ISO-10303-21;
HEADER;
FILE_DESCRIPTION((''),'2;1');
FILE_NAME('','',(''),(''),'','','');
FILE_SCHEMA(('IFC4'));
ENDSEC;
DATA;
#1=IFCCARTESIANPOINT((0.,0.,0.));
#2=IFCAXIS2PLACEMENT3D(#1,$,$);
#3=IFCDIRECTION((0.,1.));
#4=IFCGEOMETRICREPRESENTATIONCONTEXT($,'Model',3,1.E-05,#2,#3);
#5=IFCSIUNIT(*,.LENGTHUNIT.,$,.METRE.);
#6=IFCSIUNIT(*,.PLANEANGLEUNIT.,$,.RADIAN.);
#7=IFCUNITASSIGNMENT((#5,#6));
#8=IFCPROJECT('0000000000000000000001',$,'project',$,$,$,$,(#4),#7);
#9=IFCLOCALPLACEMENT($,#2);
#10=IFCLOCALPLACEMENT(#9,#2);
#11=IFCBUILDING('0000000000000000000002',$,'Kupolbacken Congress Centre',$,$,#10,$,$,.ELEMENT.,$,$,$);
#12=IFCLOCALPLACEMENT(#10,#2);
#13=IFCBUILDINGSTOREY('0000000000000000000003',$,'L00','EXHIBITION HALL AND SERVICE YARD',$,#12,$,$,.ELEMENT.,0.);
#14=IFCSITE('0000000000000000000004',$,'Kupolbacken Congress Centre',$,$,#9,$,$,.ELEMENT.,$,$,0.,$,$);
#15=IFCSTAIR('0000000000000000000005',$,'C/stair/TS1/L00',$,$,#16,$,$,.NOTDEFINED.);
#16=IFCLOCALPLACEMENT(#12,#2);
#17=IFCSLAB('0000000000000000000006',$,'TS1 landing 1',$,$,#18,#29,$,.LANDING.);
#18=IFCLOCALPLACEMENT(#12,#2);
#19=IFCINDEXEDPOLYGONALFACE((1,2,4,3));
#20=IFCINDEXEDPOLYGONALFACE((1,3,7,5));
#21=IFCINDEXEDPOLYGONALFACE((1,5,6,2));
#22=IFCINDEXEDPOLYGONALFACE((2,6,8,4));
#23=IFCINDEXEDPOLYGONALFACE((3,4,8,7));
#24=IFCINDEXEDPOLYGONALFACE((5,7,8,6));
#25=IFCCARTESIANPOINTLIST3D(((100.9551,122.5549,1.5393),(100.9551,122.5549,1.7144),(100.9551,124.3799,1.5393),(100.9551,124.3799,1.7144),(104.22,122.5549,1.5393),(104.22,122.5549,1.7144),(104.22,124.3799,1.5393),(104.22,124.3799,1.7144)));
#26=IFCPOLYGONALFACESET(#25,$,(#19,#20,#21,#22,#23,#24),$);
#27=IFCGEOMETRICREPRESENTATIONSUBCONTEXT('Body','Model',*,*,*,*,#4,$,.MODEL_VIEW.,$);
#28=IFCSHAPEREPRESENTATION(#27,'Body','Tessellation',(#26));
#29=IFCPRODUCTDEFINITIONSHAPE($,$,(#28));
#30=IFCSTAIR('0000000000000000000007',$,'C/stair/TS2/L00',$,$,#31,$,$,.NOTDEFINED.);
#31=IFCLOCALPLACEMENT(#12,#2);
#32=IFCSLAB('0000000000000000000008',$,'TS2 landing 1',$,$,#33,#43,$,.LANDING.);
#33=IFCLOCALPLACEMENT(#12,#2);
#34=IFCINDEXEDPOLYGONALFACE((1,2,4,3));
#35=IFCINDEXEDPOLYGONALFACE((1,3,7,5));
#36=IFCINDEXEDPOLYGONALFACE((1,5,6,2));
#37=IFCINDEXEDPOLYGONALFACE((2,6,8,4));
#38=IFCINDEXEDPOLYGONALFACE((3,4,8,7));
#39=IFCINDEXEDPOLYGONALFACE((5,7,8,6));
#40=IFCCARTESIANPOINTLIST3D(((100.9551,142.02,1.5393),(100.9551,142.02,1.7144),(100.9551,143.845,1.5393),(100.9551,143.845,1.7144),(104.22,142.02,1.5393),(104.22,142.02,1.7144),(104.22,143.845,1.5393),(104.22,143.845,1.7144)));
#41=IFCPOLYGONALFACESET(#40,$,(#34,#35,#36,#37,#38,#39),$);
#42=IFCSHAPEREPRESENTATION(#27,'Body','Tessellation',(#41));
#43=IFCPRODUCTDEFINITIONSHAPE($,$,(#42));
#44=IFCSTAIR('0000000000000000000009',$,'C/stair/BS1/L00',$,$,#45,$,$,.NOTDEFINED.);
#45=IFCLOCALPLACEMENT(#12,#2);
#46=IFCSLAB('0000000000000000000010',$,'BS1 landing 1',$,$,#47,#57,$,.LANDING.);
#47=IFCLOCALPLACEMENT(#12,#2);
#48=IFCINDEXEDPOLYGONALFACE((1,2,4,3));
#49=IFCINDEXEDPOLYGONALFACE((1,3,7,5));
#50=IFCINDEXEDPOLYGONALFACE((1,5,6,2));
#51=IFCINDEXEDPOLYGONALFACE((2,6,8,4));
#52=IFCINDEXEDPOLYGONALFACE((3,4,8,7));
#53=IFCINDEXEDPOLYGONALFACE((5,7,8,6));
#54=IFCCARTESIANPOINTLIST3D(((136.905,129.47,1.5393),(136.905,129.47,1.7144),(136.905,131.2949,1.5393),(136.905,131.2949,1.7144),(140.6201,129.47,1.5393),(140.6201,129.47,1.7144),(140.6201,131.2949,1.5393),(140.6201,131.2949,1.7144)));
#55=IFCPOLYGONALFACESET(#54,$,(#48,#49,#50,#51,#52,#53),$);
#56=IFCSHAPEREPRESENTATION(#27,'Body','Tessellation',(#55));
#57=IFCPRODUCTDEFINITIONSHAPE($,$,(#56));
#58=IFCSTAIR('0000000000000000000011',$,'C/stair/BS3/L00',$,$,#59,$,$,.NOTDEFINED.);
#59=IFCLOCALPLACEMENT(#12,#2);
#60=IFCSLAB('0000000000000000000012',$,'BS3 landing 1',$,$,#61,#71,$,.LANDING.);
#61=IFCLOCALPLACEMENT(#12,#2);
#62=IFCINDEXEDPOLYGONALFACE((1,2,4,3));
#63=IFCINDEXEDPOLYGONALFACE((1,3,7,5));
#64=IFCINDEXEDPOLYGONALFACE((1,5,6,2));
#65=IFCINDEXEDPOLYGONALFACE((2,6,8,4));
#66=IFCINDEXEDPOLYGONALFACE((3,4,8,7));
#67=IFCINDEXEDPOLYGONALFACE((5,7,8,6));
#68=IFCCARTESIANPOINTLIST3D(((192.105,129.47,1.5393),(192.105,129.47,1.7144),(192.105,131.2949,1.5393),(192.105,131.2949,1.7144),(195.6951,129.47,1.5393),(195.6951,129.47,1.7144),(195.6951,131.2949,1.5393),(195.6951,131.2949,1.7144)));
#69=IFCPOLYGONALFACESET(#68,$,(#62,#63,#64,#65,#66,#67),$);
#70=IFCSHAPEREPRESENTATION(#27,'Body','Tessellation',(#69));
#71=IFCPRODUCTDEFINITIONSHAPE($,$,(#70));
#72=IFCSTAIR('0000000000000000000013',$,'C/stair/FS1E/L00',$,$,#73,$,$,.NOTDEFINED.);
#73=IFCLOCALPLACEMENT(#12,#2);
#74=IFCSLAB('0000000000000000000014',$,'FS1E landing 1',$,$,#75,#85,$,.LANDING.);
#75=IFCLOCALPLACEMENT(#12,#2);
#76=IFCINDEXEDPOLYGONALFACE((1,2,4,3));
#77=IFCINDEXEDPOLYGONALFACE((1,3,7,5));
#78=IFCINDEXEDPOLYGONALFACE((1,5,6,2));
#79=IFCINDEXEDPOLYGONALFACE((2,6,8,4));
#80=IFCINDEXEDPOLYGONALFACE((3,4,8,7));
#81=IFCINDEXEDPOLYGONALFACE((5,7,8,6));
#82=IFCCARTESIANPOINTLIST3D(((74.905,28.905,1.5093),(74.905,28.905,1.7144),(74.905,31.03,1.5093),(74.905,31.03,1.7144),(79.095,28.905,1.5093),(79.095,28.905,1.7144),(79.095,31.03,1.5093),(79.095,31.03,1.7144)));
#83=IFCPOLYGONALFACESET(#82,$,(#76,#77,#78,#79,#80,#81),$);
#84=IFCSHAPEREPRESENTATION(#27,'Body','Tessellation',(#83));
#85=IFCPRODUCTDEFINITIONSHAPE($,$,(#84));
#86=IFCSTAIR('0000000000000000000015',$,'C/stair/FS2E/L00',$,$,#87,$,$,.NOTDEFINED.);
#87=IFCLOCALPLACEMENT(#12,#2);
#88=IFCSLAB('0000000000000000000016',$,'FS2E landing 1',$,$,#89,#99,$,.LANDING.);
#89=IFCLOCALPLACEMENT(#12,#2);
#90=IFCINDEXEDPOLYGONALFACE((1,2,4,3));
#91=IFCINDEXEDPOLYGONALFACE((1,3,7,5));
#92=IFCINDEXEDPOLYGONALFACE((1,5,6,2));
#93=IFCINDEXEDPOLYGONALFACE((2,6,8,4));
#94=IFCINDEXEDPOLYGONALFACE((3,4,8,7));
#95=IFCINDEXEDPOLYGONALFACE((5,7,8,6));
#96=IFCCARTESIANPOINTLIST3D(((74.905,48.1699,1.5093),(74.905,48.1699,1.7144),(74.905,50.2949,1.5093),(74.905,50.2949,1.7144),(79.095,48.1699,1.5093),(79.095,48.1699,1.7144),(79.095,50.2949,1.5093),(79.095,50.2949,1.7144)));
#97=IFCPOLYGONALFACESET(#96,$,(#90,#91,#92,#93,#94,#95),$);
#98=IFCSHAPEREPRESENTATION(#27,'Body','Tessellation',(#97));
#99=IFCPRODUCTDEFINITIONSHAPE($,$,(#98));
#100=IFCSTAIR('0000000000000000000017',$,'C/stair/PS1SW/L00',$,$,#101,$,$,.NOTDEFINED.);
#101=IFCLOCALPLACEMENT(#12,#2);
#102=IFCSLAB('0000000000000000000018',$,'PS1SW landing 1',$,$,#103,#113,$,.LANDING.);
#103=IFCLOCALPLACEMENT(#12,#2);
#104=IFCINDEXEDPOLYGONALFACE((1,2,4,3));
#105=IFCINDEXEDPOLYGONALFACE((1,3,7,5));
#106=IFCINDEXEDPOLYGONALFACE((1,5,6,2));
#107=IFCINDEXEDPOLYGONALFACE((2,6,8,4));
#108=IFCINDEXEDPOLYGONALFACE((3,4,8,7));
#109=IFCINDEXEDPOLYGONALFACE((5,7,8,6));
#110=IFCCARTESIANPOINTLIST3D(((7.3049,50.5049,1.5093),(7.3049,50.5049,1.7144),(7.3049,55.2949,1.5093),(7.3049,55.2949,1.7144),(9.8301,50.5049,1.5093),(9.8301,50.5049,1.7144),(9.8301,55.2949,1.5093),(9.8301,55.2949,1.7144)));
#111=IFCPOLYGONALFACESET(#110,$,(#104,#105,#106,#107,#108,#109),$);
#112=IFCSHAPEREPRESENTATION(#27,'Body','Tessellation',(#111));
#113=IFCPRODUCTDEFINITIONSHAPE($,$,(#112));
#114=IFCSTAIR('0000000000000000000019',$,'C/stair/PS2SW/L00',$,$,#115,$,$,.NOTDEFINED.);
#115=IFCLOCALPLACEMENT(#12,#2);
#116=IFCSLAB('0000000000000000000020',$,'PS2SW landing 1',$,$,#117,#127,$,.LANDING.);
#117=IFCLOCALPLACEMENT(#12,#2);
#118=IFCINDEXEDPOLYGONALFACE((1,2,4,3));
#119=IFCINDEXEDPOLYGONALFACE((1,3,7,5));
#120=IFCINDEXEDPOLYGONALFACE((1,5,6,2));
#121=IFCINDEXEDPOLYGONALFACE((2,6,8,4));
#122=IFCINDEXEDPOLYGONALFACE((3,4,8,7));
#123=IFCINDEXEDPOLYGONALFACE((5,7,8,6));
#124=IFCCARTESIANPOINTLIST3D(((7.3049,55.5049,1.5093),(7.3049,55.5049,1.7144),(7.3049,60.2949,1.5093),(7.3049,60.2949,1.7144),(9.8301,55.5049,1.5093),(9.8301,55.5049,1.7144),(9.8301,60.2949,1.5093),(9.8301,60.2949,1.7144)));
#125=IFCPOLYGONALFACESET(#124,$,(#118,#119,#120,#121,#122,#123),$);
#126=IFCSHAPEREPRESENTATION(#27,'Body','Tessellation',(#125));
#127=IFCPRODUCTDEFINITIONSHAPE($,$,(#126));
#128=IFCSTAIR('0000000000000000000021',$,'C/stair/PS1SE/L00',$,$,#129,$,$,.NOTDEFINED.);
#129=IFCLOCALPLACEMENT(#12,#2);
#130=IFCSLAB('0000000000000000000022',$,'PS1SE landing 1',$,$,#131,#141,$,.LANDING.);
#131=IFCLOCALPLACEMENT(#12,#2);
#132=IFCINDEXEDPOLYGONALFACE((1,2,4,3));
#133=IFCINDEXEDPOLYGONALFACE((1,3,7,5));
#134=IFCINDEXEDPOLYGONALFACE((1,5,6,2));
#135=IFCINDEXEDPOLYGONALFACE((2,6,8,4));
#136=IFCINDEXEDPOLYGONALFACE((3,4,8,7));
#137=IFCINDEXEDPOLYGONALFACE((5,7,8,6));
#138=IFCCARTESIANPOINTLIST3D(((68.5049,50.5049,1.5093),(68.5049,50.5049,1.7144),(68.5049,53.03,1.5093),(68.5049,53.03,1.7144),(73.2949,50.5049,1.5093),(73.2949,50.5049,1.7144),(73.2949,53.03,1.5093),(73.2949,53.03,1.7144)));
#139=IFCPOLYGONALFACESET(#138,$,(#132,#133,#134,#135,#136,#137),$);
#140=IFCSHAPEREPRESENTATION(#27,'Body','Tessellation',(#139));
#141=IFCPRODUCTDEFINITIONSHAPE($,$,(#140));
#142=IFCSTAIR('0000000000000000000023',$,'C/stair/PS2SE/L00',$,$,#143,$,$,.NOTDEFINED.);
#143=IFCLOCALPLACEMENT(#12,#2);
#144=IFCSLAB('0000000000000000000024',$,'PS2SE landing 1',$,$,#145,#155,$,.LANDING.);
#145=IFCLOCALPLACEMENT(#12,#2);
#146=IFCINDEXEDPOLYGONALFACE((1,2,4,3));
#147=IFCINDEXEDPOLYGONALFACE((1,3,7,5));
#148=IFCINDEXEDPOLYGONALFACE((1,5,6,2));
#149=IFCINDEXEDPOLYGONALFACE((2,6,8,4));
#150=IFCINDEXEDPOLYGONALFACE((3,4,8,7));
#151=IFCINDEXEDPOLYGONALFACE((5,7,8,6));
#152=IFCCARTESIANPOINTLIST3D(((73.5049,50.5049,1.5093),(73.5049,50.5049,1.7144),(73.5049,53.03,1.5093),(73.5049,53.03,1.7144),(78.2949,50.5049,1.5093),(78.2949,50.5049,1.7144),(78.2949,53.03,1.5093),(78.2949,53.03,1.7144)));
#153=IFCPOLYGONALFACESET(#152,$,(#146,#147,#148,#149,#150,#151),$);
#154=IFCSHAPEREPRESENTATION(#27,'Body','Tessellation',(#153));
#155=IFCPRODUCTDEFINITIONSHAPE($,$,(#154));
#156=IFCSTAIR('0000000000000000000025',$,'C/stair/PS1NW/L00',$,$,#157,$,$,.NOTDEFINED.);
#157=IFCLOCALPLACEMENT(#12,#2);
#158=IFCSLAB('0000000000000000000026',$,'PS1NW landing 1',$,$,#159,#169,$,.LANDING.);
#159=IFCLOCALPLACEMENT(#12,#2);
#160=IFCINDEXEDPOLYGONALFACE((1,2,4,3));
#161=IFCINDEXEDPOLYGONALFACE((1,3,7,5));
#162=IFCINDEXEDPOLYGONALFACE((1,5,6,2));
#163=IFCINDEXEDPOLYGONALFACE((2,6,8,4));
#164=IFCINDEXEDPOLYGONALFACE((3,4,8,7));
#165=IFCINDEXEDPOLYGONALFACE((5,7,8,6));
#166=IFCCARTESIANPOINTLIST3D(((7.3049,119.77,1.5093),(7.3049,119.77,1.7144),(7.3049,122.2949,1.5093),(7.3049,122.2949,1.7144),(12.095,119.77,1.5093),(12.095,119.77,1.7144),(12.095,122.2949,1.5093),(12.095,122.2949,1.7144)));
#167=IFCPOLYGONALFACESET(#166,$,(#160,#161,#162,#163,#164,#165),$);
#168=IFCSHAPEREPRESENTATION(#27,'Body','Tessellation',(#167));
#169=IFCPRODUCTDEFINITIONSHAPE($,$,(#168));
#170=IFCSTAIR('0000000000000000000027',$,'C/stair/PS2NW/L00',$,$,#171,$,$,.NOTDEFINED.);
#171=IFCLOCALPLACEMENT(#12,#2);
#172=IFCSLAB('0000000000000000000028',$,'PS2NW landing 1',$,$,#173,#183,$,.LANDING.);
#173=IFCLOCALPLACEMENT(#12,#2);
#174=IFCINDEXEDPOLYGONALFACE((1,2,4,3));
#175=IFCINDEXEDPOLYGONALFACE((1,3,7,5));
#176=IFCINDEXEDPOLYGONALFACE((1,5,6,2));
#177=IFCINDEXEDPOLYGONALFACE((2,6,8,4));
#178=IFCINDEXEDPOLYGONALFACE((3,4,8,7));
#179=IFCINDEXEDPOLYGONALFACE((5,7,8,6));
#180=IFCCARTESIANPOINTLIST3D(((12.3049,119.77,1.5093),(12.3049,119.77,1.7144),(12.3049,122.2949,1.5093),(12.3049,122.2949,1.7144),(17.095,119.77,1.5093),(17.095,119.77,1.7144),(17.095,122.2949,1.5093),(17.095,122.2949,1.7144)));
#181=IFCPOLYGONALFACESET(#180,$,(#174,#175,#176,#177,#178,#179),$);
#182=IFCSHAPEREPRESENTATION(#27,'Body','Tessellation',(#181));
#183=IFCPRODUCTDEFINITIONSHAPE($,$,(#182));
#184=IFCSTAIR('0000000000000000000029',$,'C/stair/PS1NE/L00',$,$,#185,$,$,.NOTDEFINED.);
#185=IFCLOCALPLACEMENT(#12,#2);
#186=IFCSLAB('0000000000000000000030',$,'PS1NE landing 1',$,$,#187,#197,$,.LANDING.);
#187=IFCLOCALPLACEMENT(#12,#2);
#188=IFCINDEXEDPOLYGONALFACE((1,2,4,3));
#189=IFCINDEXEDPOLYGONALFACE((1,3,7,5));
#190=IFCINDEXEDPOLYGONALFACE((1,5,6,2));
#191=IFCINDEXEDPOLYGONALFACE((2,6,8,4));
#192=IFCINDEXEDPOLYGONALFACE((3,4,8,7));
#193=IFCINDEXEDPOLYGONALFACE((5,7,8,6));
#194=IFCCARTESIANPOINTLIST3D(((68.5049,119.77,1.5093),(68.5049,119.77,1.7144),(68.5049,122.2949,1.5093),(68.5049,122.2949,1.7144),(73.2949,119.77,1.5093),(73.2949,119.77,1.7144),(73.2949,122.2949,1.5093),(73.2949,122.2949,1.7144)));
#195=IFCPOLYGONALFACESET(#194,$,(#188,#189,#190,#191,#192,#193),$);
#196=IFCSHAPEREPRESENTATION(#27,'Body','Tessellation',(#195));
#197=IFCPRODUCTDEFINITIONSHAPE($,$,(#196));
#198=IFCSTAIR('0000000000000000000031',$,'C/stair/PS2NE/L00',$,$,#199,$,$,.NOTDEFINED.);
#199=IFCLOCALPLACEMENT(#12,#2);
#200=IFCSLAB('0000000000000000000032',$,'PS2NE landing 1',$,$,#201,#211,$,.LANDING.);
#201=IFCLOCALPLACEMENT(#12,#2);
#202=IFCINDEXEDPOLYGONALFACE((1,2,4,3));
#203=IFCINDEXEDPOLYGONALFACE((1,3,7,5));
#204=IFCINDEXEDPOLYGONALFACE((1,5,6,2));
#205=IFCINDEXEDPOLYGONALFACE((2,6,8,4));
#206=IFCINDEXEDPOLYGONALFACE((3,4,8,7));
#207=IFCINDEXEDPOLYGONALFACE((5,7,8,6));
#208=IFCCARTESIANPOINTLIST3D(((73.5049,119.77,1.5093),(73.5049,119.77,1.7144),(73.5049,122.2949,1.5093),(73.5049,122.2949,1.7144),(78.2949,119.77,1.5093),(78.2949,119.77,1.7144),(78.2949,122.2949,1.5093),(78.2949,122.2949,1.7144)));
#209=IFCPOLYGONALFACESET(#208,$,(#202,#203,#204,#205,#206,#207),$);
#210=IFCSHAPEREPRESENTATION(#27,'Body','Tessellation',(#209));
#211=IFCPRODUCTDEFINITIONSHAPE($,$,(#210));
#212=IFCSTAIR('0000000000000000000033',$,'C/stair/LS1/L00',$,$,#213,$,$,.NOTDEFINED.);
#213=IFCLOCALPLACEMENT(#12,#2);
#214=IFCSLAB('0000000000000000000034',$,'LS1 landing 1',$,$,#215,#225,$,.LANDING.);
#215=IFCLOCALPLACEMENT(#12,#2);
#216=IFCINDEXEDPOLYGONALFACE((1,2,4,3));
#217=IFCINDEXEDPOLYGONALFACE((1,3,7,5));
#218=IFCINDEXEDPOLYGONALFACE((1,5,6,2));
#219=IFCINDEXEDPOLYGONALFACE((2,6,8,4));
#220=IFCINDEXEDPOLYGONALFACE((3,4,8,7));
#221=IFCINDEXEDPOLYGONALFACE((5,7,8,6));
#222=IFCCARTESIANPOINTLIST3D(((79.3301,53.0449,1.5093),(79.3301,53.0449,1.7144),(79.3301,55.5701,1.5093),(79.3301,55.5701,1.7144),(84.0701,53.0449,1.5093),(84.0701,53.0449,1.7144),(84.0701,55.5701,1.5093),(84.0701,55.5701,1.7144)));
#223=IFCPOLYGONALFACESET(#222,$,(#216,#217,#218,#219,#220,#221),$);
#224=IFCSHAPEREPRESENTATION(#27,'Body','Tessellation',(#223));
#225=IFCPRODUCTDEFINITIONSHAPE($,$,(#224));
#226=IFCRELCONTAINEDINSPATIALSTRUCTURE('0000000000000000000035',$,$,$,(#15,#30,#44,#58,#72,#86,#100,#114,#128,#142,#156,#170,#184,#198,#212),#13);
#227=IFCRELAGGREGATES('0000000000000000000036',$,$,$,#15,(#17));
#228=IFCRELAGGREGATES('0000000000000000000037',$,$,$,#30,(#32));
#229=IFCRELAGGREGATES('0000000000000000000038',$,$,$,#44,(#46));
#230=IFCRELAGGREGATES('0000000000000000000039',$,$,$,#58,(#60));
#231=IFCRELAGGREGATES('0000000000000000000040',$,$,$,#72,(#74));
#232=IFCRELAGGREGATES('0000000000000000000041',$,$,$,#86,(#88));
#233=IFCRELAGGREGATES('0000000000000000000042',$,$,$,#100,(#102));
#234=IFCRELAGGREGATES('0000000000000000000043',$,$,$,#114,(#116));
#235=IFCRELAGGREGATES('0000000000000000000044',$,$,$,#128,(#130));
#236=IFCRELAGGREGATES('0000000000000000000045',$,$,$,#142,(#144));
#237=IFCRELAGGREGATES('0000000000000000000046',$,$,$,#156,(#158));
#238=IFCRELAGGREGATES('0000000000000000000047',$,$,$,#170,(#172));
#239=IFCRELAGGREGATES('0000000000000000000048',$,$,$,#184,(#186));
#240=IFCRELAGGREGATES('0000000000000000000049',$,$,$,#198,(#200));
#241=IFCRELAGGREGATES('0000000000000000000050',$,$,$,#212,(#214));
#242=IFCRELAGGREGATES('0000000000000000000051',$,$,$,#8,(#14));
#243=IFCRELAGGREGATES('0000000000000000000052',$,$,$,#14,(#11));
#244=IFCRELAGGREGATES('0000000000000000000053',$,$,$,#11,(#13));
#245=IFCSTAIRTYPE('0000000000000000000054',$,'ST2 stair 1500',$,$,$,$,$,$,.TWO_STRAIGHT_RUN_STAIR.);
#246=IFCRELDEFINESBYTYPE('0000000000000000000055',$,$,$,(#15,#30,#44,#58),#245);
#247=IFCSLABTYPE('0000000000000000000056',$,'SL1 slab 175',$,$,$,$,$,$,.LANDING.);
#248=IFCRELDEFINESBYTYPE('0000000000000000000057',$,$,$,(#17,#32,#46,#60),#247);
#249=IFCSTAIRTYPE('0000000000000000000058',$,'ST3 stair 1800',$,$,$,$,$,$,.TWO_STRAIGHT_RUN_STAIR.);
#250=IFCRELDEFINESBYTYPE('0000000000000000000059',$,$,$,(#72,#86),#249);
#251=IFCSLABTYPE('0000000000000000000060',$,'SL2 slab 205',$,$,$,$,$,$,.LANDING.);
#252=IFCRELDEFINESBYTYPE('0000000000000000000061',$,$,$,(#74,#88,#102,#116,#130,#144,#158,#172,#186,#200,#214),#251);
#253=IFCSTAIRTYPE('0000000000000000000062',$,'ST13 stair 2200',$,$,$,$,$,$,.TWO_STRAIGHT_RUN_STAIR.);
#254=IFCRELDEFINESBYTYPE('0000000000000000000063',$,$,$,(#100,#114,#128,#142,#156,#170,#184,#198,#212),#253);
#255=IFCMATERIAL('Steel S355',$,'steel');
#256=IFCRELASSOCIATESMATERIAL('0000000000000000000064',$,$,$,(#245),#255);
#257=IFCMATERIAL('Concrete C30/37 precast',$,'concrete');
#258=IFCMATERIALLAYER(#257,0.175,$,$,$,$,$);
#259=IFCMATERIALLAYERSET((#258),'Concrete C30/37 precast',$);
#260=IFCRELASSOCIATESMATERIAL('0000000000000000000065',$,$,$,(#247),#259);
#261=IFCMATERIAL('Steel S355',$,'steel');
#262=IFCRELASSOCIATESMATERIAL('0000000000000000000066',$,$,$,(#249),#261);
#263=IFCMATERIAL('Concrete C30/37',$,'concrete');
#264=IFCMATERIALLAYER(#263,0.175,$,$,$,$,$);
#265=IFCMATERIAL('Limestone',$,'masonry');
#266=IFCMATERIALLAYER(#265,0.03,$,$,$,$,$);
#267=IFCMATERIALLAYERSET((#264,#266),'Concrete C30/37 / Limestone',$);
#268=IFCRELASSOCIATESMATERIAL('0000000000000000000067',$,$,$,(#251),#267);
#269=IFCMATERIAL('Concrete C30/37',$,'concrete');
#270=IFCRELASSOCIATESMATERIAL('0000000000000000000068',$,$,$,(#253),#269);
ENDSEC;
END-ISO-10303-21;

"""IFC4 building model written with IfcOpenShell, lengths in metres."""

from ifc_helpers import new_model, si_unit, direction, frame, origin, place, context, subcontext, project, spatial, polyline, outline, extrude, material, layer, layer_set, type_object, element, aggregate, save


model = new_model("IFC4")

# Units and contexts
model_context = context("Model", 3, precision=1e-05, world=origin(), true_north=direction((0.0, 1.0)))
body_context = subcontext(model_context, "Body", "Model", "MODEL_VIEW")
ifc_project = project(units=[si_unit("LENGTHUNIT", "METRE"), si_unit("PLANEANGLEUNIT", "RADIAN")], contexts=[model_context])

# Site, building, storey
site_placement = place(None, origin())
site = spatial("IfcSite", under=ifc_project, at=site_placement, Name="Kupolbacken Congress Centre", CompositionType="ELEMENT", RefElevation=0.0)
building_placement = place(site_placement, origin())
building = spatial("IfcBuilding", under=site, at=building_placement, Name="Kupolbacken Congress Centre", CompositionType="ELEMENT")
storey_placement = place(building_placement, origin())
storey = spatial("IfcBuildingStorey", under=building, at=storey_placement, Name="L00", Description="EXHIBITION HALL AND SERVICE YARD", CompositionType="ELEMENT", Elevation=0.0)

# Stairs, slabs
ifc_material_1 = material(Name="Steel S355", Category="steel")
stair_type_1 = type_object("IfcStairType", Name="ST2 stair 1500", PredefinedType="TWO_STRAIGHT_RUN_STAIR", material=ifc_material_1)
stair_1_placement = place(storey_placement, origin())
stair_1 = element("IfcStair", 1, at=stair_1_placement, inside=storey, type_object=stair_type_1, Name="C/stair/TS1/L00", PredefinedType="NOTDEFINED")
ifc_material_2 = material(Name="Concrete C30/37 precast", Category="concrete")
ifc_layer_1 = layer(ifc_material_2, 0.175)
ifc_layer_set_1 = layer_set([ifc_layer_1], Name="Concrete C30/37 precast")
slab_type_1 = type_object("IfcSlabType", Name="SL1 slab 175", PredefinedType="LANDING", material=ifc_layer_set_1)
slab_1_placement = place(storey_placement, frame((0.0, 0.0, 1.5393)))
slab_1 = element("IfcSlab", 2, at=slab_1_placement, type_object=slab_type_1, Name="TS1 landing 1", PredefinedType="LANDING", context=body_context, shape_type="SweptSolid", body=[
    extrude(outline(polyline([(100.9551, 122.5549), (104.22, 122.5549), (104.22, 124.3799), (100.9551, 124.3799), (100.9551, 122.5549)])), origin(), (0.0, 0.0, 1.0), 0.175),
])
aggregate(stair_1, [slab_1])
stair_2_placement = place(storey_placement, origin())
stair_2 = element("IfcStair", 3, at=stair_2_placement, inside=storey, type_object=stair_type_1, Name="C/stair/TS2/L00", PredefinedType="NOTDEFINED")
slab_2_placement = place(storey_placement, frame((0.0, 0.0, 1.5393)))
slab_2 = element("IfcSlab", 4, at=slab_2_placement, type_object=slab_type_1, Name="TS2 landing 1", PredefinedType="LANDING", context=body_context, shape_type="SweptSolid", body=[
    extrude(outline(polyline([(100.9551, 142.02), (104.22, 142.02), (104.22, 143.845), (100.9551, 143.845), (100.9551, 142.02)])), origin(), (0.0, 0.0, 1.0), 0.175),
])
aggregate(stair_2, [slab_2])
stair_3_placement = place(storey_placement, origin())
stair_3 = element("IfcStair", 5, at=stair_3_placement, inside=storey, type_object=stair_type_1, Name="C/stair/BS1/L00", PredefinedType="NOTDEFINED")
slab_3_placement = place(storey_placement, frame((0.0, 0.0, 1.5393)))
slab_3 = element("IfcSlab", 6, at=slab_3_placement, type_object=slab_type_1, Name="BS1 landing 1", PredefinedType="LANDING", context=body_context, shape_type="SweptSolid", body=[
    extrude(outline(polyline([(136.905, 129.47), (140.6201, 129.47), (140.6201, 131.2949), (136.905, 131.2949), (136.905, 129.47)])), origin(), (0.0, 0.0, 1.0), 0.175),
])
aggregate(stair_3, [slab_3])
stair_4_placement = place(storey_placement, origin())
stair_4 = element("IfcStair", 7, at=stair_4_placement, inside=storey, type_object=stair_type_1, Name="C/stair/BS3/L00", PredefinedType="NOTDEFINED")
slab_4_placement = place(storey_placement, frame((0.0, 0.0, 1.5393)))
slab_4 = element("IfcSlab", 8, at=slab_4_placement, type_object=slab_type_1, Name="BS3 landing 1", PredefinedType="LANDING", context=body_context, shape_type="SweptSolid", body=[
    extrude(outline(polyline([(192.105, 129.47), (195.6951, 129.47), (195.6951, 131.2949), (192.105, 131.2949), (192.105, 129.47)])), origin(), (0.0, 0.0, 1.0), 0.175),
])
aggregate(stair_4, [slab_4])
ifc_material_3 = material(Name="Steel S355", Category="steel")
stair_type_2 = type_object("IfcStairType", Name="ST3 stair 1800", PredefinedType="TWO_STRAIGHT_RUN_STAIR", material=ifc_material_3)
stair_5_placement = place(storey_placement, origin())
stair_5 = element("IfcStair", 9, at=stair_5_placement, inside=storey, type_object=stair_type_2, Name="C/stair/FS1E/L00", PredefinedType="NOTDEFINED")
ifc_material_4 = material(Name="Concrete C30/37", Category="concrete")
ifc_layer_2 = layer(ifc_material_4, 0.175)
ifc_material_5 = material(Name="Limestone", Category="masonry")
ifc_layer_3 = layer(ifc_material_5, 0.03)
ifc_layer_set_2 = layer_set([ifc_layer_2, ifc_layer_3], Name="Concrete C30/37 / Limestone")
slab_type_2 = type_object("IfcSlabType", Name="SL2 slab 205", PredefinedType="LANDING", material=ifc_layer_set_2)
slab_5_placement = place(storey_placement, frame((0.0, 0.0, 1.5093)))
slab_5 = element("IfcSlab", 10, at=slab_5_placement, type_object=slab_type_2, Name="FS1E landing 1", PredefinedType="LANDING", context=body_context, shape_type="SweptSolid", body=[
    extrude(outline(polyline([(74.905, 28.905), (79.095, 28.905), (79.095, 31.03), (74.905, 31.03), (74.905, 28.905)])), origin(), (0.0, 0.0, 1.0), 0.2051),
])
aggregate(stair_5, [slab_5])
stair_6_placement = place(storey_placement, origin())
stair_6 = element("IfcStair", 11, at=stair_6_placement, inside=storey, type_object=stair_type_2, Name="C/stair/FS2E/L00", PredefinedType="NOTDEFINED")
slab_6_placement = place(storey_placement, frame((0.0, 0.0, 1.5093)))
slab_6 = element("IfcSlab", 12, at=slab_6_placement, type_object=slab_type_2, Name="FS2E landing 1", PredefinedType="LANDING", context=body_context, shape_type="SweptSolid", body=[
    extrude(outline(polyline([(74.905, 48.1699), (79.095, 48.1699), (79.095, 50.2949), (74.905, 50.2949), (74.905, 48.1699)])), origin(), (0.0, 0.0, 1.0), 0.2051),
])
aggregate(stair_6, [slab_6])
ifc_material_6 = material(Name="Concrete C30/37", Category="concrete")
stair_type_3 = type_object("IfcStairType", Name="ST13 stair 2200", PredefinedType="TWO_STRAIGHT_RUN_STAIR", material=ifc_material_6)
stair_7_placement = place(storey_placement, origin())
stair_7 = element("IfcStair", 13, at=stair_7_placement, inside=storey, type_object=stair_type_3, Name="C/stair/PS1SW/L00", PredefinedType="NOTDEFINED")
slab_7_placement = place(storey_placement, frame((0.0, 0.0, 1.5093)))
slab_7 = element("IfcSlab", 14, at=slab_7_placement, type_object=slab_type_2, Name="PS1SW landing 1", PredefinedType="LANDING", context=body_context, shape_type="SweptSolid", body=[
    extrude(outline(polyline([(7.3049, 50.5049), (9.8301, 50.5049), (9.8301, 55.2949), (7.3049, 55.2949), (7.3049, 50.5049)])), origin(), (0.0, 0.0, 1.0), 0.2051),
])
aggregate(stair_7, [slab_7])
stair_8_placement = place(storey_placement, origin())
stair_8 = element("IfcStair", 15, at=stair_8_placement, inside=storey, type_object=stair_type_3, Name="C/stair/PS2SW/L00", PredefinedType="NOTDEFINED")
slab_8_placement = place(storey_placement, frame((0.0, 0.0, 1.5093)))
slab_8 = element("IfcSlab", 16, at=slab_8_placement, type_object=slab_type_2, Name="PS2SW landing 1", PredefinedType="LANDING", context=body_context, shape_type="SweptSolid", body=[
    extrude(outline(polyline([(7.3049, 55.5049), (9.8301, 55.5049), (9.8301, 60.2949), (7.3049, 60.2949), (7.3049, 55.5049)])), origin(), (0.0, 0.0, 1.0), 0.2051),
])
aggregate(stair_8, [slab_8])
stair_9_placement = place(storey_placement, origin())
stair_9 = element("IfcStair", 17, at=stair_9_placement, inside=storey, type_object=stair_type_3, Name="C/stair/PS1SE/L00", PredefinedType="NOTDEFINED")
slab_9_placement = place(storey_placement, frame((0.0, 0.0, 1.5093)))
slab_9 = element("IfcSlab", 18, at=slab_9_placement, type_object=slab_type_2, Name="PS1SE landing 1", PredefinedType="LANDING", context=body_context, shape_type="SweptSolid", body=[
    extrude(outline(polyline([(68.5049, 50.5049), (73.2949, 50.5049), (73.2949, 53.03), (68.5049, 53.03), (68.5049, 50.5049)])), origin(), (0.0, 0.0, 1.0), 0.2051),
])
aggregate(stair_9, [slab_9])
stair_10_placement = place(storey_placement, origin())
stair_10 = element("IfcStair", 19, at=stair_10_placement, inside=storey, type_object=stair_type_3, Name="C/stair/PS2SE/L00", PredefinedType="NOTDEFINED")
slab_10_placement = place(storey_placement, frame((0.0, 0.0, 1.5093)))
slab_10 = element("IfcSlab", 20, at=slab_10_placement, type_object=slab_type_2, Name="PS2SE landing 1", PredefinedType="LANDING", context=body_context, shape_type="SweptSolid", body=[
    extrude(outline(polyline([(73.5049, 50.5049), (78.2949, 50.5049), (78.2949, 53.03), (73.5049, 53.03), (73.5049, 50.5049)])), origin(), (0.0, 0.0, 1.0), 0.2051),
])
aggregate(stair_10, [slab_10])
stair_11_placement = place(storey_placement, origin())
stair_11 = element("IfcStair", 21, at=stair_11_placement, inside=storey, type_object=stair_type_3, Name="C/stair/PS1NW/L00", PredefinedType="NOTDEFINED")
slab_11_placement = place(storey_placement, frame((0.0, 0.0, 1.5093)))
slab_11 = element("IfcSlab", 22, at=slab_11_placement, type_object=slab_type_2, Name="PS1NW landing 1", PredefinedType="LANDING", context=body_context, shape_type="SweptSolid", body=[
    extrude(outline(polyline([(7.3049, 119.77), (12.095, 119.77), (12.095, 122.2949), (7.3049, 122.2949), (7.3049, 119.77)])), origin(), (0.0, 0.0, 1.0), 0.2051),
])
aggregate(stair_11, [slab_11])
stair_12_placement = place(storey_placement, origin())
stair_12 = element("IfcStair", 23, at=stair_12_placement, inside=storey, type_object=stair_type_3, Name="C/stair/PS2NW/L00", PredefinedType="NOTDEFINED")
slab_12_placement = place(storey_placement, frame((0.0, 0.0, 1.5093)))
slab_12 = element("IfcSlab", 24, at=slab_12_placement, type_object=slab_type_2, Name="PS2NW landing 1", PredefinedType="LANDING", context=body_context, shape_type="SweptSolid", body=[
    extrude(outline(polyline([(12.3049, 119.77), (17.095, 119.77), (17.095, 122.2949), (12.3049, 122.2949), (12.3049, 119.77)])), origin(), (0.0, 0.0, 1.0), 0.2051),
])
aggregate(stair_12, [slab_12])
stair_13_placement = place(storey_placement, origin())
stair_13 = element("IfcStair", 25, at=stair_13_placement, inside=storey, type_object=stair_type_3, Name="C/stair/PS1NE/L00", PredefinedType="NOTDEFINED")
slab_13_placement = place(storey_placement, frame((0.0, 0.0, 1.5093)))
slab_13 = element("IfcSlab", 26, at=slab_13_placement, type_object=slab_type_2, Name="PS1NE landing 1", PredefinedType="LANDING", context=body_context, shape_type="SweptSolid", body=[
    extrude(outline(polyline([(68.5049, 119.77), (73.2949, 119.77), (73.2949, 122.2949), (68.5049, 122.2949), (68.5049, 119.77)])), origin(), (0.0, 0.0, 1.0), 0.2051),
])
aggregate(stair_13, [slab_13])
stair_14_placement = place(storey_placement, origin())
stair_14 = element("IfcStair", 27, at=stair_14_placement, inside=storey, type_object=stair_type_3, Name="C/stair/PS2NE/L00", PredefinedType="NOTDEFINED")
slab_14_placement = place(storey_placement, frame((0.0, 0.0, 1.5093)))
slab_14 = element("IfcSlab", 28, at=slab_14_placement, type_object=slab_type_2, Name="PS2NE landing 1", PredefinedType="LANDING", context=body_context, shape_type="SweptSolid", body=[
    extrude(outline(polyline([(73.5049, 119.77), (78.2949, 119.77), (78.2949, 122.2949), (73.5049, 122.2949), (73.5049, 119.77)])), origin(), (0.0, 0.0, 1.0), 0.2051),
])
aggregate(stair_14, [slab_14])
stair_15_placement = place(storey_placement, origin())
stair_15 = element("IfcStair", 29, at=stair_15_placement, inside=storey, type_object=stair_type_3, Name="C/stair/LS1/L00", PredefinedType="NOTDEFINED")
slab_15_placement = place(storey_placement, frame((0.0, 0.0, 1.5093)))
slab_15 = element("IfcSlab", 30, at=slab_15_placement, type_object=slab_type_2, Name="LS1 landing 1", PredefinedType="LANDING", context=body_context, shape_type="SweptSolid", body=[
    extrude(outline(polyline([(79.3301, 53.0449), (84.0701, 53.0449), (84.0701, 55.5701), (79.3301, 55.5701), (79.3301, 53.0449)])), origin(), (0.0, 0.0, 1.0), 0.2051),
])
aggregate(stair_15, [slab_15])

save(model, "model.ifc")
